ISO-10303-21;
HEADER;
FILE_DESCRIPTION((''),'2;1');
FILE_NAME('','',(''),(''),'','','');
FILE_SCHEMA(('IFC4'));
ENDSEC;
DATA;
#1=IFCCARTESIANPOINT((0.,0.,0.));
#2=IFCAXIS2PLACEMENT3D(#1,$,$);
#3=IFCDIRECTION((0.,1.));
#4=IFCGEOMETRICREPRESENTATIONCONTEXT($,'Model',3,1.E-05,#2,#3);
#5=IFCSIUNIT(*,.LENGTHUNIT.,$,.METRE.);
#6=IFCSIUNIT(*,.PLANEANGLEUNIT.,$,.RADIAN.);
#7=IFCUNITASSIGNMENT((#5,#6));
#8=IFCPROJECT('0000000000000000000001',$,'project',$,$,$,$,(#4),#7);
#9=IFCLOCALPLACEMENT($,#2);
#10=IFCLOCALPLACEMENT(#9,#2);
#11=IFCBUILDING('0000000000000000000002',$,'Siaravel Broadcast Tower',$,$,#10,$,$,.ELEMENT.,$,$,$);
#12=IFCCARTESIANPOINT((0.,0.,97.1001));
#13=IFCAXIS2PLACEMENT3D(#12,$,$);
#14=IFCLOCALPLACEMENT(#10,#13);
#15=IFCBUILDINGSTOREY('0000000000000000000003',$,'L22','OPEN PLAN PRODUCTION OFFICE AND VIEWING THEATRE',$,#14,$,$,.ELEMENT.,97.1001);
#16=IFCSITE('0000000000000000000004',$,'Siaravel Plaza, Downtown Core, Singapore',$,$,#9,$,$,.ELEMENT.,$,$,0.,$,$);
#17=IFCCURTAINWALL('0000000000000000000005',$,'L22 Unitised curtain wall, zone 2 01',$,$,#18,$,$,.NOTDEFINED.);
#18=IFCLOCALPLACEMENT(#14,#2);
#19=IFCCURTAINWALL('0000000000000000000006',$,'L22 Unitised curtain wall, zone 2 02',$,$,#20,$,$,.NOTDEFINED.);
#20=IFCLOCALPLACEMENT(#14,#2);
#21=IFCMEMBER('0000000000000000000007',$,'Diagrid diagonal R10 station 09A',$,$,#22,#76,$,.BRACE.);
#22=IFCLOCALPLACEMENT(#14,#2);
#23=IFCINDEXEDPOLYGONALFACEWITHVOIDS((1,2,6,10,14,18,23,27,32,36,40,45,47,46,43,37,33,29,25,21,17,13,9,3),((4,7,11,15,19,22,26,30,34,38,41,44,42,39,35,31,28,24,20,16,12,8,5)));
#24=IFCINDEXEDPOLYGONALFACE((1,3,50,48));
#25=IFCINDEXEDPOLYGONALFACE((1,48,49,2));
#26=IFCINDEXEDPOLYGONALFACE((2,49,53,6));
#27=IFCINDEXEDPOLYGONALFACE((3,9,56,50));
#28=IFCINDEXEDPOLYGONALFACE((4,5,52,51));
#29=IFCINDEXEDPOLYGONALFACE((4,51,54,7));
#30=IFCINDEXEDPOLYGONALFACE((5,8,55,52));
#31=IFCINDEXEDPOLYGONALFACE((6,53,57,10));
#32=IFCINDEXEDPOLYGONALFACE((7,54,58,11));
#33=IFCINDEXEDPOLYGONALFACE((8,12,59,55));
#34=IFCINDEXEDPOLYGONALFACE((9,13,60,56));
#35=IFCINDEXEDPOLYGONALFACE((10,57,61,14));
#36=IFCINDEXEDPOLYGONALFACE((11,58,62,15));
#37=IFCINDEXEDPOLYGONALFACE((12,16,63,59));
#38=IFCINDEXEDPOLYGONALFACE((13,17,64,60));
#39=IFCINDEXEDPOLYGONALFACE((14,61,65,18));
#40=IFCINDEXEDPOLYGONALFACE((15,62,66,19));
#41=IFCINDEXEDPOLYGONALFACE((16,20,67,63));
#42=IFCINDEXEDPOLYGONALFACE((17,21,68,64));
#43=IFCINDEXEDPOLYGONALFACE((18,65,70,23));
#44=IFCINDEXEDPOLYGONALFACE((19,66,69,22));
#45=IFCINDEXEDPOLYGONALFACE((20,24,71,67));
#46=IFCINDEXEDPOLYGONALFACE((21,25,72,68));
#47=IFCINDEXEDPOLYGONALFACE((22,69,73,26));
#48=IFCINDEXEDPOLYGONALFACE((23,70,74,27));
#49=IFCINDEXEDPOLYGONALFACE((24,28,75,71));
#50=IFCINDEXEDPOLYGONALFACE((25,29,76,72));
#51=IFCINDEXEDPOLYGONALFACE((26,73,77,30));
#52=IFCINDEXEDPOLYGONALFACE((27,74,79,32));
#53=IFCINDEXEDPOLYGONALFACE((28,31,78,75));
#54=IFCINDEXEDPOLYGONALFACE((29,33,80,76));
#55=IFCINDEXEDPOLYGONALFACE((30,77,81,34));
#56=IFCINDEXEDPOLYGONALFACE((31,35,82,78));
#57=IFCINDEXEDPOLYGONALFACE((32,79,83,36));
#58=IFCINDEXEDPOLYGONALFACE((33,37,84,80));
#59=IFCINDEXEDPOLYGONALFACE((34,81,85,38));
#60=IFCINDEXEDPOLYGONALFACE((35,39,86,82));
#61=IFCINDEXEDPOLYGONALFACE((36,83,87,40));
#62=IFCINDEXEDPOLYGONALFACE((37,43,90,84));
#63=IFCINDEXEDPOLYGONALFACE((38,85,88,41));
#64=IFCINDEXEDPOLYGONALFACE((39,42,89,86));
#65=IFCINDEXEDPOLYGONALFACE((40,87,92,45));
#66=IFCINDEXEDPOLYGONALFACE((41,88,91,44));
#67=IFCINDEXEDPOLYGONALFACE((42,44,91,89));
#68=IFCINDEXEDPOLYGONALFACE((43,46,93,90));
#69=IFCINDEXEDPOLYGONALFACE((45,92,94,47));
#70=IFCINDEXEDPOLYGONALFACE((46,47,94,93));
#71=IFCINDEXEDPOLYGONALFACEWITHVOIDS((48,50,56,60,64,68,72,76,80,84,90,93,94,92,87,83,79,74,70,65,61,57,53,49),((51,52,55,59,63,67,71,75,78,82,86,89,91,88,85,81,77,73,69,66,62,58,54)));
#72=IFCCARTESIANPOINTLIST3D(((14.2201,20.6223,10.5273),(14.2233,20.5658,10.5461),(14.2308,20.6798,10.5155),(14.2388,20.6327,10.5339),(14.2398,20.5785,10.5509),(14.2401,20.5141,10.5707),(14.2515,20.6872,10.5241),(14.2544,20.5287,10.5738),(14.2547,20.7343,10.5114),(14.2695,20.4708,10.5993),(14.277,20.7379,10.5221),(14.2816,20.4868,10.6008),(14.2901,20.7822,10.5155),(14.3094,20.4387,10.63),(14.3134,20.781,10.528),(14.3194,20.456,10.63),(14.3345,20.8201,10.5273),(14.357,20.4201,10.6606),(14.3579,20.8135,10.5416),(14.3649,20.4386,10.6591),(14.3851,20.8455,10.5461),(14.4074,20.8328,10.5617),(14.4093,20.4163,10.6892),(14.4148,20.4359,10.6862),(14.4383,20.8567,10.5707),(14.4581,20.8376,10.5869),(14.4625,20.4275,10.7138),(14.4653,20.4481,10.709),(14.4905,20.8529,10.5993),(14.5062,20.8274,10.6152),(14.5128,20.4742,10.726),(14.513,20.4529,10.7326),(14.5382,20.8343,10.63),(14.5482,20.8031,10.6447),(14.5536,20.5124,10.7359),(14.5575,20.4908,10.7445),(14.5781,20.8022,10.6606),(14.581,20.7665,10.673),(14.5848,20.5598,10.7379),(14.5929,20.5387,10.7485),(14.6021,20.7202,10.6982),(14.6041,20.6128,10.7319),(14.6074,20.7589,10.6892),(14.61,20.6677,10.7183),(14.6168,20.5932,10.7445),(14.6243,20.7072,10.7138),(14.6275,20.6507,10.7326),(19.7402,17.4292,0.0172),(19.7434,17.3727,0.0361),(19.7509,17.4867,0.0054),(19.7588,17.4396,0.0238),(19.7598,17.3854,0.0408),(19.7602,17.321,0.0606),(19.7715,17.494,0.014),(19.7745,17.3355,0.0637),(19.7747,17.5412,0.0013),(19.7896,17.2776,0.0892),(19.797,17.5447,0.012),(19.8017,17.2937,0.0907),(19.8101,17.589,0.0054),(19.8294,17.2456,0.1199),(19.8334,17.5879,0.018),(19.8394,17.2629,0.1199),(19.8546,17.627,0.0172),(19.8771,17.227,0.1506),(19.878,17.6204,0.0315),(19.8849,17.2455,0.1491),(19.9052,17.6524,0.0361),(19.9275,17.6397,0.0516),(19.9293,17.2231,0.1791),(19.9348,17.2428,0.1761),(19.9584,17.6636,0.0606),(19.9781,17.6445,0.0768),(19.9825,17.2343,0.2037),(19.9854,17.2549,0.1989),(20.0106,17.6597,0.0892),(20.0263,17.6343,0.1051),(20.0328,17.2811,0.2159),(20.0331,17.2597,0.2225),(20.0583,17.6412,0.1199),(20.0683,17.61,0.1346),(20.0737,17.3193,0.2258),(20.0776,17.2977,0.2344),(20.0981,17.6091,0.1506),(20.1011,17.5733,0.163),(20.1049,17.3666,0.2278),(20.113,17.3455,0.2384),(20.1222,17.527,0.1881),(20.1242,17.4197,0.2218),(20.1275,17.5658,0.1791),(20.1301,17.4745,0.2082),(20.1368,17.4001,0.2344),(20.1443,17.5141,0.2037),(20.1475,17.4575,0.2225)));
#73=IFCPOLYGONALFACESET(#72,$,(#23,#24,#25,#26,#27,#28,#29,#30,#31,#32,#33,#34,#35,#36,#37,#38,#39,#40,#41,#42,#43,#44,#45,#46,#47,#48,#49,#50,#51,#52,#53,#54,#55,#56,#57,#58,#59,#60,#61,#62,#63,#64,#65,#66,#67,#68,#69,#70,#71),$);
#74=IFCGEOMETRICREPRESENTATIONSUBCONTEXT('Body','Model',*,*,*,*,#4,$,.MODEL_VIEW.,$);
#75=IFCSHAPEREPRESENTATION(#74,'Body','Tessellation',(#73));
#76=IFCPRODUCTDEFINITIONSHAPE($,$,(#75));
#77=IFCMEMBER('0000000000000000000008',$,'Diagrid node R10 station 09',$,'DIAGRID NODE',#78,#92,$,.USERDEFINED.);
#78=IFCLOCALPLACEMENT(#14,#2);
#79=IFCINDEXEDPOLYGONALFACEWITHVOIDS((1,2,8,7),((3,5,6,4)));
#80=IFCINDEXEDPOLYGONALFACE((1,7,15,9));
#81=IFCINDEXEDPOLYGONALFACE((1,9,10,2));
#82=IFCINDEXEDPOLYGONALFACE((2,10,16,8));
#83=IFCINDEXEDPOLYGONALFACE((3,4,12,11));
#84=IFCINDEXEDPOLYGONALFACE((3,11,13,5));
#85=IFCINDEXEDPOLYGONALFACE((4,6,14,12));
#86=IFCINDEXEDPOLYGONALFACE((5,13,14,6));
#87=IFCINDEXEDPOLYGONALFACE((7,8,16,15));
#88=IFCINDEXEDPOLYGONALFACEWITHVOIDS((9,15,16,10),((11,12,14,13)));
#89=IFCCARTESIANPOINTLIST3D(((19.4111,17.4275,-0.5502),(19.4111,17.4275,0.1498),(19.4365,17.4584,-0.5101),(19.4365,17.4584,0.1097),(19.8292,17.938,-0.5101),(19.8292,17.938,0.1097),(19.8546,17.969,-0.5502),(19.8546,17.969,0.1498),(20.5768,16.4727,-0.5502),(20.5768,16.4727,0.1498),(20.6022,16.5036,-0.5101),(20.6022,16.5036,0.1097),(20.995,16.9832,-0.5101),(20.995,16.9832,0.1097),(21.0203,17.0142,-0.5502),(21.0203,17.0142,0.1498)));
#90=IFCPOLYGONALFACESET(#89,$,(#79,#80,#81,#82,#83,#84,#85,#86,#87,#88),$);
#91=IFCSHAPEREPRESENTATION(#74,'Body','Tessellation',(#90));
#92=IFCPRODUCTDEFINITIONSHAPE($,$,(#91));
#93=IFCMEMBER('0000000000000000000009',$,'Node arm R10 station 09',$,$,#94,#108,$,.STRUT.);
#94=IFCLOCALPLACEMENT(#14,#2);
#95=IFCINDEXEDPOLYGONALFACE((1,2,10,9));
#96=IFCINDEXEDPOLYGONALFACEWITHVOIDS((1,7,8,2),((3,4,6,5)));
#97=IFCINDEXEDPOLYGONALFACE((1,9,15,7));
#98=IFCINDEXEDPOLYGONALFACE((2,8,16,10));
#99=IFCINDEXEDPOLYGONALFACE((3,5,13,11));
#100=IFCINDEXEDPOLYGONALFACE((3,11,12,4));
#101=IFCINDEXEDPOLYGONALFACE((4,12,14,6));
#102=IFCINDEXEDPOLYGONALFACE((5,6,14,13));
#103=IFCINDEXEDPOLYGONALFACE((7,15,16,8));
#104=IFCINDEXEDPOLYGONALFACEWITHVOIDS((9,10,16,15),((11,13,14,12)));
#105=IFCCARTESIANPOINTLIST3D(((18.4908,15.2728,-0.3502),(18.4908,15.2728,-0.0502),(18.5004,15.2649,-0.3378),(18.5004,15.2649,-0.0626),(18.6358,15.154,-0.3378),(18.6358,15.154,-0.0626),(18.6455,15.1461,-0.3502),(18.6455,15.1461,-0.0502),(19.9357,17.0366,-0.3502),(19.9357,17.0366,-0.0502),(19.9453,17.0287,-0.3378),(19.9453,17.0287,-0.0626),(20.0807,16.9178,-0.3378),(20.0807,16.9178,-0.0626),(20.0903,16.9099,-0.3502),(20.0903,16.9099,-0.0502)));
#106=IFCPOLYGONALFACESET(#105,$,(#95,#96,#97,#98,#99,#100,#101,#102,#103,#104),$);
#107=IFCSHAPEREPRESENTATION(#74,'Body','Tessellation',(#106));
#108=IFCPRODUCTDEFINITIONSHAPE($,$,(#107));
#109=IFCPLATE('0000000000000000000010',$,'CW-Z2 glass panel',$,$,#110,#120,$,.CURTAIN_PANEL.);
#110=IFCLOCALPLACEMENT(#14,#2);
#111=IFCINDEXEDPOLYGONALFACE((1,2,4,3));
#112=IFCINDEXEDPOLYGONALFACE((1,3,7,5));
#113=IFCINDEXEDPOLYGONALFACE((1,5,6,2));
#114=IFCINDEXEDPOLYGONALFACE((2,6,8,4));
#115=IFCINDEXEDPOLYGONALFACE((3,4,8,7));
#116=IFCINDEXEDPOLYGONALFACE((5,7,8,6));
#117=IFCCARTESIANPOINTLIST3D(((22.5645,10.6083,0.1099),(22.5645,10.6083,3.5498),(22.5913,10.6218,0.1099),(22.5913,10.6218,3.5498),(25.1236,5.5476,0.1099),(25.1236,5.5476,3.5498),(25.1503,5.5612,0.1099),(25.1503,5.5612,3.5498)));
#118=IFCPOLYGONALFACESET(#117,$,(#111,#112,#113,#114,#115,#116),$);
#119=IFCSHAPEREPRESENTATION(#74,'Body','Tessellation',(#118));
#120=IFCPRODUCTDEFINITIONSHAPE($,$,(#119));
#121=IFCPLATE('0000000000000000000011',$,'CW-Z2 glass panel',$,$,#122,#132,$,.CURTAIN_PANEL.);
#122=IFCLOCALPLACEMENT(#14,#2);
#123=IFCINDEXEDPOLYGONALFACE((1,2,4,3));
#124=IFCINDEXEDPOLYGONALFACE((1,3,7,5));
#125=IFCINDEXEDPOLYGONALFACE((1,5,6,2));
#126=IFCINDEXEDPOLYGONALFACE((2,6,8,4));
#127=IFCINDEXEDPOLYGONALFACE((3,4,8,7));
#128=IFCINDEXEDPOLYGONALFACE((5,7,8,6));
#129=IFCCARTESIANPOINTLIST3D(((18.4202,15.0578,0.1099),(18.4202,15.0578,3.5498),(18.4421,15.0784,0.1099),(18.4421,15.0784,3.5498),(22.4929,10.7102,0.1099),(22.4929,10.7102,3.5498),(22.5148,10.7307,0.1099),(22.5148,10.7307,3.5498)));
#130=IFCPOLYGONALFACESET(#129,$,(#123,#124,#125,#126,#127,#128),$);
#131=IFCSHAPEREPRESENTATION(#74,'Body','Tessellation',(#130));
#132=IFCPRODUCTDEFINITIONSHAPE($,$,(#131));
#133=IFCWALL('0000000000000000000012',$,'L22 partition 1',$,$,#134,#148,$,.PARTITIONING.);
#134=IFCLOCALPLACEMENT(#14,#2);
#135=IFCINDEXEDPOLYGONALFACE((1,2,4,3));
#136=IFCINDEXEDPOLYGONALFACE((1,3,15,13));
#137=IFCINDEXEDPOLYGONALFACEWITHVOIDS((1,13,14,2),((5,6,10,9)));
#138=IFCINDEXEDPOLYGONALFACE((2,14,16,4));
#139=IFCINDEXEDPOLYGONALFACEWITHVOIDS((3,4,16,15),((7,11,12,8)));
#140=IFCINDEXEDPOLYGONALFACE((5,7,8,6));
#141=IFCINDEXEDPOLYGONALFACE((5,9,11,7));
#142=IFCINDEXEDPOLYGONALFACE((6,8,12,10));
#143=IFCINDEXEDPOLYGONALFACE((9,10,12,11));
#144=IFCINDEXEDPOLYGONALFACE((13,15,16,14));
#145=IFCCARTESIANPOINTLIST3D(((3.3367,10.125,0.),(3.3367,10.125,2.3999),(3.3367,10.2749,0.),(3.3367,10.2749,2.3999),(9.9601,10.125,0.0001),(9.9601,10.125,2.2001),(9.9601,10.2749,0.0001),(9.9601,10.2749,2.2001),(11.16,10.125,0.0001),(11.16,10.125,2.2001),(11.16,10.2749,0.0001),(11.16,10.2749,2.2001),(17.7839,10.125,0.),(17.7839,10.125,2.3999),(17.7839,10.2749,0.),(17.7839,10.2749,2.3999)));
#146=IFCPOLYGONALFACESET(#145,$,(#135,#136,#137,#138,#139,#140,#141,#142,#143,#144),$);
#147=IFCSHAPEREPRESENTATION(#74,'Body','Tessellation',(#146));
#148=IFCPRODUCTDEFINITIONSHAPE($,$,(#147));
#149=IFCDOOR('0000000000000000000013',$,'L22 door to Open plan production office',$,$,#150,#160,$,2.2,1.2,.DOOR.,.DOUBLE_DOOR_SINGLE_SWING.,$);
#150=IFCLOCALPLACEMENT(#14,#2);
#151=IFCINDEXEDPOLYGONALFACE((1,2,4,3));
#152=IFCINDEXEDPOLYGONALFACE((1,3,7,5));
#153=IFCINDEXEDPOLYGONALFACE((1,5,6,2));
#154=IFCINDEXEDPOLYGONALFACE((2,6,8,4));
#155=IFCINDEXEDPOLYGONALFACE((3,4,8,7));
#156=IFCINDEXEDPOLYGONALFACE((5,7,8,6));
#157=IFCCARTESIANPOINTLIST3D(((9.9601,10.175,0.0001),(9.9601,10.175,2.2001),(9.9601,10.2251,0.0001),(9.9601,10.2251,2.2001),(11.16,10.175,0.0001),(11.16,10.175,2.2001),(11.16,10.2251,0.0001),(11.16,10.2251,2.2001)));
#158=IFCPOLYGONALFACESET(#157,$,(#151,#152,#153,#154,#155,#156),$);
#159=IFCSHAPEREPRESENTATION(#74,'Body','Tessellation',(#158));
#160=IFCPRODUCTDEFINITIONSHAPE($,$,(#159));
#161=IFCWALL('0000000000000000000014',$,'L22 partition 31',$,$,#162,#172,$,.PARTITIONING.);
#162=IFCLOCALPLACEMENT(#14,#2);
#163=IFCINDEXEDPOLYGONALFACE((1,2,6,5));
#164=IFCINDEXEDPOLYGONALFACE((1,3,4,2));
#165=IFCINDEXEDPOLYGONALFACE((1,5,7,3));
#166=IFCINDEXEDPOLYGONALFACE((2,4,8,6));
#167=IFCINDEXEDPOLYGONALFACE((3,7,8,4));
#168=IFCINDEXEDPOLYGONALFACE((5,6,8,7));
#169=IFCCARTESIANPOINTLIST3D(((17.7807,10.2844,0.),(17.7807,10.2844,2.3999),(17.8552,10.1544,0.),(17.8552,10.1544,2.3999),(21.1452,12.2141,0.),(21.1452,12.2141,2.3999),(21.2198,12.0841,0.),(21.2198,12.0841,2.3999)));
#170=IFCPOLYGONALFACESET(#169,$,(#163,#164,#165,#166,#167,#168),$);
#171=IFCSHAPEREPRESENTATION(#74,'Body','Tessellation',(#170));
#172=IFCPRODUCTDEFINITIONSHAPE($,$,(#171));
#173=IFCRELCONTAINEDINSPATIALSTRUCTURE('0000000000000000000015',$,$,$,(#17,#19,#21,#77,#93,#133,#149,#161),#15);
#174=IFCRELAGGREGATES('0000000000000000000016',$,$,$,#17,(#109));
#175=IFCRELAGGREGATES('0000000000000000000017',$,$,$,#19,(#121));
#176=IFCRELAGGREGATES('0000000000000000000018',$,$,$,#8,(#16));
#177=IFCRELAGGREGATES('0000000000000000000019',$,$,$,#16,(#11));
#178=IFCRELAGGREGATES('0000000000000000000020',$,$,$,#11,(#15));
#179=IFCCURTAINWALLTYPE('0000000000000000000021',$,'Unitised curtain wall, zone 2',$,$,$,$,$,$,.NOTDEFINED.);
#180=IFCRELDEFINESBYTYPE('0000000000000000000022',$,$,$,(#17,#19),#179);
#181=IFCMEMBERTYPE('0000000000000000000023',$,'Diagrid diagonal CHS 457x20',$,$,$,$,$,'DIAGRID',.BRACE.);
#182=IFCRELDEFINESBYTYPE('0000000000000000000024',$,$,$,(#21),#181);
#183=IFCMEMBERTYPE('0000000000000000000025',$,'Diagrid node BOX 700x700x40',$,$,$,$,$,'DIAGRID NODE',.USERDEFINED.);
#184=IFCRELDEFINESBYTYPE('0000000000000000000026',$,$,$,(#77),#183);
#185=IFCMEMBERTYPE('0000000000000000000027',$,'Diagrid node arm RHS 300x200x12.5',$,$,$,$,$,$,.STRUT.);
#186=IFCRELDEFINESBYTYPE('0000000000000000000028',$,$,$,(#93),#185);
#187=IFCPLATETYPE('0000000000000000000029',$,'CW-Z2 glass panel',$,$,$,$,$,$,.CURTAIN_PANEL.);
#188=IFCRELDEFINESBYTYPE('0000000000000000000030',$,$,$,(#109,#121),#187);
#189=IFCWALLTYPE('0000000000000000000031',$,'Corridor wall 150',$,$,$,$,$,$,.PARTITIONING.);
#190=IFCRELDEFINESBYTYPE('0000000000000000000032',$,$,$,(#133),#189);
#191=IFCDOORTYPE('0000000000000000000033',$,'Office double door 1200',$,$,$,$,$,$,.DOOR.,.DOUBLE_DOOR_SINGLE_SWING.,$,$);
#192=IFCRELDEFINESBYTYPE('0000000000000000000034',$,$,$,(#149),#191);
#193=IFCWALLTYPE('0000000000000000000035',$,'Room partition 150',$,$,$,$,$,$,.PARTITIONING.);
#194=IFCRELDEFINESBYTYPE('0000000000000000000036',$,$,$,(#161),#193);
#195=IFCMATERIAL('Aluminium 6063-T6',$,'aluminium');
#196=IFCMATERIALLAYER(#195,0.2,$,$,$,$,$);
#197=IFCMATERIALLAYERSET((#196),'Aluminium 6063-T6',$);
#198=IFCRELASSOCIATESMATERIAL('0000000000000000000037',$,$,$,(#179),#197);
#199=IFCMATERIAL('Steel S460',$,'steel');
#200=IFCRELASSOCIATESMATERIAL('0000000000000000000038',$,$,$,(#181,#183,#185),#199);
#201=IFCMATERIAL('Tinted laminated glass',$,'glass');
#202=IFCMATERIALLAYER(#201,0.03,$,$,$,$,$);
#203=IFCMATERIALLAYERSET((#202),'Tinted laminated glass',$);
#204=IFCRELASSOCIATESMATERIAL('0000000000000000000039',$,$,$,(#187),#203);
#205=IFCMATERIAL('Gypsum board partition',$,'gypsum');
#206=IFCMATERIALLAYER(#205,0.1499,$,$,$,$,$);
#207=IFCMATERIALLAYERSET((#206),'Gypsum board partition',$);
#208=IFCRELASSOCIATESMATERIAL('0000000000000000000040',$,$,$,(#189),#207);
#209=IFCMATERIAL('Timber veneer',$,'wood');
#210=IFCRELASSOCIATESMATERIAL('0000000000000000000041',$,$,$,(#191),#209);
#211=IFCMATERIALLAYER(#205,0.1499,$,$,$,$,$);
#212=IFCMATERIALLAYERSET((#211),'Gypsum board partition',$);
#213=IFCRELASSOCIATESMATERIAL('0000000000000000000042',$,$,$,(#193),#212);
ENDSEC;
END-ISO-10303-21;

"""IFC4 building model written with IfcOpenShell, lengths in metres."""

from ifc_helpers import new_model, si_unit, direction, frame, frame_2d, origin, origin_2d, place, context, subcontext, project, spatial, rectangle, hollow_rectangle, hollow_circle, extrude, material, layer, layer_set, material_profile, profile_set, type_object, element, fill, aggregate, save


model = new_model("IFC4")

# Units and contexts
model_context = context("Model", 3, precision=1e-05, world=origin(), true_north=direction((0.0, 1.0)))
body_context = subcontext(model_context, "Body", "Model", "MODEL_VIEW")
ifc_project = project(units=[si_unit("LENGTHUNIT", "METRE"), si_unit("PLANEANGLEUNIT", "RADIAN")], contexts=[model_context])

# Site, building, storey
site_placement = place(None, origin())
site = spatial("IfcSite", under=ifc_project, at=site_placement, Name="Siaravel Plaza, Downtown Core, Singapore", CompositionType="ELEMENT", RefElevation=0.0)
building_placement = place(site_placement, origin())
building = spatial("IfcBuilding", under=site, at=building_placement, Name="Siaravel Broadcast Tower", CompositionType="ELEMENT")
storey_placement = place(building_placement, frame((0.0, 0.0, 97.1001)))
storey = spatial("IfcBuildingStorey", under=building, at=storey_placement, Name="L22", Description="OPEN PLAN PRODUCTION OFFICE AND VIEWING THEATRE", CompositionType="ELEMENT", Elevation=97.1001)

# Curtain wall
ifc_material_1 = material(Name="Aluminium 6063-T6", Category="aluminium")
ifc_layer_1 = layer(ifc_material_1, 0.2)
ifc_layer_set_1 = layer_set([ifc_layer_1], Name="Aluminium 6063-T6")
curtain_wall_type = type_object("IfcCurtainWallType", Name="Unitised curtain wall, zone 2", PredefinedType="NOTDEFINED", material=ifc_layer_set_1)
curtain_wall_1_placement = place(storey_placement, origin())
curtain_wall_1 = element("IfcCurtainWall", 1, at=curtain_wall_1_placement, inside=storey, type_object=curtain_wall_type, Name="L22 Unitised curtain wall, zone 2 01", PredefinedType="NOTDEFINED")

# Curtain wall
curtain_wall_2_placement = place(storey_placement, origin())
curtain_wall_2 = element("IfcCurtainWall", 2, at=curtain_wall_2_placement, inside=storey, type_object=curtain_wall_type, Name="L22 Unitised curtain wall, zone 2 02", PredefinedType="NOTDEFINED")

# Members
ifc_material_2 = material(Name="Steel S460", Category="steel")
ifc_material_profile_1 = material_profile(ifc_material_2, hollow_circle(Radius=0.2285, WallThickness=0.02, at=origin_2d()))
ifc_profile_set_1 = profile_set([ifc_material_profile_1], Name="Steel S460")
member_type_1 = type_object("IfcMemberType", Name="Diagrid diagonal CHS 457x20", ElementType="DIAGRID", PredefinedType="BRACE", material=ifc_profile_set_1)
member_1_placement = place(storey_placement, frame((19.9438, 17.4434, 0.1199), z_axis=(-0.449024, 0.259743, 0.854933), x_axis=(-0.500721, -0.865609, 0.0)))
element("IfcMember", 3, at=member_1_placement, inside=storey, type_object=member_type_1, Name="Diagrid diagonal R10 station 09A", PredefinedType="BRACE", context=body_context, shape_type="SweptSolid", body=[
    extrude(hollow_circle(Radius=0.2285, WallThickness=0.02, at=origin_2d()), origin(), (0.0, 0.0, 1.0), 12.2935),
])
ifc_material_profile_2 = material_profile(ifc_material_2, hollow_rectangle(XDim=0.7, YDim=0.7, WallThickness=0.04, at=origin_2d()))
ifc_profile_set_2 = profile_set([ifc_material_profile_2], Name="Steel S460")
member_type_2 = type_object("IfcMemberType", Name="Diagrid node BOX 700x700x40", ElementType="DIAGRID NODE", PredefinedType="USERDEFINED", material=ifc_profile_set_2)
member_2_placement = place(storey_placement, frame((20.7986, 16.7434, -0.2002), z_axis=(-0.773625, 0.633644, 0.0), x_axis=(-0.633644, -0.773625, 0.0)))
element("IfcMember", 4, at=member_2_placement, inside=storey, type_object=member_type_2, Name="Diagrid node R10 station 09", ObjectType="DIAGRID NODE", PredefinedType="USERDEFINED", context=body_context, shape_type="SweptSolid", body=[
    extrude(hollow_rectangle(XDim=0.7, YDim=0.7, WallThickness=0.04, at=origin_2d()), origin(), (0.0, 0.0, 1.0), 1.5068),
])
ifc_material_profile_3 = material_profile(ifc_material_2, hollow_rectangle(XDim=0.2, YDim=0.3, WallThickness=0.0125, at=origin_2d()))
ifc_profile_set_3 = profile_set([ifc_material_profile_3], Name="Steel S460")
member_type_3 = type_object("IfcMemberType", Name="Diagrid node arm RHS 300x200x12.5", PredefinedType="STRUT", material=ifc_profile_set_3)
member_3_placement = place(storey_placement, frame((18.5681, 15.2095, -0.2002), z_axis=(0.633716, 0.773566, 0.0), x_axis=(-0.773566, 0.633716, 0.0)))
element("IfcMember", 5, at=member_3_placement, inside=storey, type_object=member_type_3, Name="Node arm R10 station 09", PredefinedType="STRUT", context=body_context, shape_type="SweptSolid", body=[
    extrude(hollow_rectangle(XDim=0.2, YDim=0.3, WallThickness=0.0125, at=origin_2d()), origin(), (0.0, 0.0, 1.0), 2.28),
])

# Plates
ifc_material_3 = material(Name="Tinted laminated glass", Category="glass")
ifc_layer_2 = layer(ifc_material_3, 0.03)
ifc_layer_set_2 = layer_set([ifc_layer_2], Name="Tinted laminated glass")
plate_type = type_object("IfcPlateType", Name="CW-Z2 glass panel", PredefinedType="CURTAIN_PANEL", material=ifc_layer_set_2)
plate_1_placement = place(storey_placement, frame((23.8574, 8.0847, 0.1099), z_axis=(0.0, 0.0, 1.0), x_axis=(-0.451261, 0.892392, 0.0)))
plate_1 = element("IfcPlate", 6, at=plate_1_placement, type_object=plate_type, Name="CW-Z2 glass panel", PredefinedType="CURTAIN_PANEL", context=body_context, shape_type="SweptSolid", body=[
    extrude(rectangle(XDim=5.6709, YDim=0.03, at=origin_2d()), origin(), (0.0, 0.0, 1.0), 3.4399),
])
aggregate(curtain_wall_1, [plate_1])
plate_2_placement = place(storey_placement, frame((20.4675, 12.8943, 0.1099), z_axis=(0.0, 0.0, 1.0), x_axis=(-0.683656, 0.729805, 0.0)))
plate_2 = element("IfcPlate", 7, at=plate_2_placement, type_object=plate_type, Name="CW-Z2 glass panel", PredefinedType="CURTAIN_PANEL", context=body_context, shape_type="SweptSolid", body=[
    extrude(rectangle(XDim=5.9573, YDim=0.03, at=origin_2d()), origin(), (0.0, 0.0, 1.0), 3.4399),
])
aggregate(curtain_wall_2, [plate_2])

# Wall, opening, door
ifc_material_4 = material(Name="Gypsum board partition", Category="gypsum")
ifc_layer_3 = layer(ifc_material_4, 0.1499)
ifc_layer_set_3 = layer_set([ifc_layer_3], Name="Gypsum board partition")
wall_type_1 = type_object("IfcWallType", Name="Corridor wall 150", PredefinedType="PARTITIONING", material=ifc_layer_set_3)
wall_1_placement = place(storey_placement, frame((17.7839, 10.2, 0.0), z_axis=(0.0, 0.0, 1.0), x_axis=(-1.0, 0.0, 0.0)))
wall_1 = element("IfcWall", 8, at=wall_1_placement, inside=storey, type_object=wall_type_1, Name="L22 partition 1", PredefinedType="PARTITIONING", context=body_context, shape_type="SweptSolid", body=[
    extrude(rectangle(XDim=14.4473, YDim=0.1499, at=frame_2d((7.2236, 0.0))), origin(), (0.0, 0.0, 1.0), 2.3999),
])
opening_placement = place(wall_1_placement, frame((6.6238, 0.0, 0.0)))
opening = element("IfcOpeningElement", 9, at=opening_placement, cuts=wall_1, PredefinedType="OPENING", context=body_context, shape_type="SweptSolid", body=[
    extrude(rectangle(XDim=1.2, YDim=2.2, at=frame_2d((0.6001, 1.1001))), frame((0.0, 0.085, 0.0), z_axis=(0.0, -1.0, 0.0), x_axis=(1.0, 0.0, 0.0)), (0.0, 0.0, 1.0), 0.1699),
])
ifc_material_5 = material(Name="Timber veneer", Category="wood")
door_type = type_object("IfcDoorType", Name="Office double door 1200", OperationType="DOUBLE_DOOR_SINGLE_SWING", PredefinedType="DOOR", material=ifc_material_5)
door_placement = place(opening_placement, origin())
door = element("IfcDoor", 10, at=door_placement, inside=storey, type_object=door_type, Name="L22 door to Open plan production office", OperationType="DOUBLE_DOOR_SINGLE_SWING", OverallHeight=2.2, OverallWidth=1.2, PredefinedType="DOOR", context=body_context, shape_type="SweptSolid", body=[
    extrude(rectangle(XDim=1.2, YDim=2.2, at=frame_2d((0.6001, 1.1001))), frame((0.0, 0.0249, 0.0), z_axis=(0.0, -1.0, 0.0), x_axis=(1.0, 0.0, 0.0)), (0.0, 0.0, 1.0), 0.05),
])
fill(opening, door)

# Wall
ifc_layer_4 = layer(ifc_material_4, 0.1499)
ifc_layer_set_4 = layer_set([ifc_layer_4], Name="Gypsum board partition")
wall_type_2 = type_object("IfcWallType", Name="Room partition 150", PredefinedType="PARTITIONING", material=ifc_layer_set_4)
wall_2_placement = place(storey_placement, frame((21.1826, 12.1492, 0.0), z_axis=(0.0, 0.0, 1.0), x_axis=(-0.867452, -0.497521, 0.0)))
element("IfcWall", 11, at=wall_2_placement, inside=storey, type_object=wall_type_2, Name="L22 partition 31", PredefinedType="PARTITIONING", context=body_context, shape_type="SweptSolid", body=[
    extrude(rectangle(XDim=3.8787, YDim=0.1499, at=frame_2d((1.9395, 0.0))), origin(), (0.0, 0.0, 1.0), 2.3999),
])

save(model, "model.ifc")
